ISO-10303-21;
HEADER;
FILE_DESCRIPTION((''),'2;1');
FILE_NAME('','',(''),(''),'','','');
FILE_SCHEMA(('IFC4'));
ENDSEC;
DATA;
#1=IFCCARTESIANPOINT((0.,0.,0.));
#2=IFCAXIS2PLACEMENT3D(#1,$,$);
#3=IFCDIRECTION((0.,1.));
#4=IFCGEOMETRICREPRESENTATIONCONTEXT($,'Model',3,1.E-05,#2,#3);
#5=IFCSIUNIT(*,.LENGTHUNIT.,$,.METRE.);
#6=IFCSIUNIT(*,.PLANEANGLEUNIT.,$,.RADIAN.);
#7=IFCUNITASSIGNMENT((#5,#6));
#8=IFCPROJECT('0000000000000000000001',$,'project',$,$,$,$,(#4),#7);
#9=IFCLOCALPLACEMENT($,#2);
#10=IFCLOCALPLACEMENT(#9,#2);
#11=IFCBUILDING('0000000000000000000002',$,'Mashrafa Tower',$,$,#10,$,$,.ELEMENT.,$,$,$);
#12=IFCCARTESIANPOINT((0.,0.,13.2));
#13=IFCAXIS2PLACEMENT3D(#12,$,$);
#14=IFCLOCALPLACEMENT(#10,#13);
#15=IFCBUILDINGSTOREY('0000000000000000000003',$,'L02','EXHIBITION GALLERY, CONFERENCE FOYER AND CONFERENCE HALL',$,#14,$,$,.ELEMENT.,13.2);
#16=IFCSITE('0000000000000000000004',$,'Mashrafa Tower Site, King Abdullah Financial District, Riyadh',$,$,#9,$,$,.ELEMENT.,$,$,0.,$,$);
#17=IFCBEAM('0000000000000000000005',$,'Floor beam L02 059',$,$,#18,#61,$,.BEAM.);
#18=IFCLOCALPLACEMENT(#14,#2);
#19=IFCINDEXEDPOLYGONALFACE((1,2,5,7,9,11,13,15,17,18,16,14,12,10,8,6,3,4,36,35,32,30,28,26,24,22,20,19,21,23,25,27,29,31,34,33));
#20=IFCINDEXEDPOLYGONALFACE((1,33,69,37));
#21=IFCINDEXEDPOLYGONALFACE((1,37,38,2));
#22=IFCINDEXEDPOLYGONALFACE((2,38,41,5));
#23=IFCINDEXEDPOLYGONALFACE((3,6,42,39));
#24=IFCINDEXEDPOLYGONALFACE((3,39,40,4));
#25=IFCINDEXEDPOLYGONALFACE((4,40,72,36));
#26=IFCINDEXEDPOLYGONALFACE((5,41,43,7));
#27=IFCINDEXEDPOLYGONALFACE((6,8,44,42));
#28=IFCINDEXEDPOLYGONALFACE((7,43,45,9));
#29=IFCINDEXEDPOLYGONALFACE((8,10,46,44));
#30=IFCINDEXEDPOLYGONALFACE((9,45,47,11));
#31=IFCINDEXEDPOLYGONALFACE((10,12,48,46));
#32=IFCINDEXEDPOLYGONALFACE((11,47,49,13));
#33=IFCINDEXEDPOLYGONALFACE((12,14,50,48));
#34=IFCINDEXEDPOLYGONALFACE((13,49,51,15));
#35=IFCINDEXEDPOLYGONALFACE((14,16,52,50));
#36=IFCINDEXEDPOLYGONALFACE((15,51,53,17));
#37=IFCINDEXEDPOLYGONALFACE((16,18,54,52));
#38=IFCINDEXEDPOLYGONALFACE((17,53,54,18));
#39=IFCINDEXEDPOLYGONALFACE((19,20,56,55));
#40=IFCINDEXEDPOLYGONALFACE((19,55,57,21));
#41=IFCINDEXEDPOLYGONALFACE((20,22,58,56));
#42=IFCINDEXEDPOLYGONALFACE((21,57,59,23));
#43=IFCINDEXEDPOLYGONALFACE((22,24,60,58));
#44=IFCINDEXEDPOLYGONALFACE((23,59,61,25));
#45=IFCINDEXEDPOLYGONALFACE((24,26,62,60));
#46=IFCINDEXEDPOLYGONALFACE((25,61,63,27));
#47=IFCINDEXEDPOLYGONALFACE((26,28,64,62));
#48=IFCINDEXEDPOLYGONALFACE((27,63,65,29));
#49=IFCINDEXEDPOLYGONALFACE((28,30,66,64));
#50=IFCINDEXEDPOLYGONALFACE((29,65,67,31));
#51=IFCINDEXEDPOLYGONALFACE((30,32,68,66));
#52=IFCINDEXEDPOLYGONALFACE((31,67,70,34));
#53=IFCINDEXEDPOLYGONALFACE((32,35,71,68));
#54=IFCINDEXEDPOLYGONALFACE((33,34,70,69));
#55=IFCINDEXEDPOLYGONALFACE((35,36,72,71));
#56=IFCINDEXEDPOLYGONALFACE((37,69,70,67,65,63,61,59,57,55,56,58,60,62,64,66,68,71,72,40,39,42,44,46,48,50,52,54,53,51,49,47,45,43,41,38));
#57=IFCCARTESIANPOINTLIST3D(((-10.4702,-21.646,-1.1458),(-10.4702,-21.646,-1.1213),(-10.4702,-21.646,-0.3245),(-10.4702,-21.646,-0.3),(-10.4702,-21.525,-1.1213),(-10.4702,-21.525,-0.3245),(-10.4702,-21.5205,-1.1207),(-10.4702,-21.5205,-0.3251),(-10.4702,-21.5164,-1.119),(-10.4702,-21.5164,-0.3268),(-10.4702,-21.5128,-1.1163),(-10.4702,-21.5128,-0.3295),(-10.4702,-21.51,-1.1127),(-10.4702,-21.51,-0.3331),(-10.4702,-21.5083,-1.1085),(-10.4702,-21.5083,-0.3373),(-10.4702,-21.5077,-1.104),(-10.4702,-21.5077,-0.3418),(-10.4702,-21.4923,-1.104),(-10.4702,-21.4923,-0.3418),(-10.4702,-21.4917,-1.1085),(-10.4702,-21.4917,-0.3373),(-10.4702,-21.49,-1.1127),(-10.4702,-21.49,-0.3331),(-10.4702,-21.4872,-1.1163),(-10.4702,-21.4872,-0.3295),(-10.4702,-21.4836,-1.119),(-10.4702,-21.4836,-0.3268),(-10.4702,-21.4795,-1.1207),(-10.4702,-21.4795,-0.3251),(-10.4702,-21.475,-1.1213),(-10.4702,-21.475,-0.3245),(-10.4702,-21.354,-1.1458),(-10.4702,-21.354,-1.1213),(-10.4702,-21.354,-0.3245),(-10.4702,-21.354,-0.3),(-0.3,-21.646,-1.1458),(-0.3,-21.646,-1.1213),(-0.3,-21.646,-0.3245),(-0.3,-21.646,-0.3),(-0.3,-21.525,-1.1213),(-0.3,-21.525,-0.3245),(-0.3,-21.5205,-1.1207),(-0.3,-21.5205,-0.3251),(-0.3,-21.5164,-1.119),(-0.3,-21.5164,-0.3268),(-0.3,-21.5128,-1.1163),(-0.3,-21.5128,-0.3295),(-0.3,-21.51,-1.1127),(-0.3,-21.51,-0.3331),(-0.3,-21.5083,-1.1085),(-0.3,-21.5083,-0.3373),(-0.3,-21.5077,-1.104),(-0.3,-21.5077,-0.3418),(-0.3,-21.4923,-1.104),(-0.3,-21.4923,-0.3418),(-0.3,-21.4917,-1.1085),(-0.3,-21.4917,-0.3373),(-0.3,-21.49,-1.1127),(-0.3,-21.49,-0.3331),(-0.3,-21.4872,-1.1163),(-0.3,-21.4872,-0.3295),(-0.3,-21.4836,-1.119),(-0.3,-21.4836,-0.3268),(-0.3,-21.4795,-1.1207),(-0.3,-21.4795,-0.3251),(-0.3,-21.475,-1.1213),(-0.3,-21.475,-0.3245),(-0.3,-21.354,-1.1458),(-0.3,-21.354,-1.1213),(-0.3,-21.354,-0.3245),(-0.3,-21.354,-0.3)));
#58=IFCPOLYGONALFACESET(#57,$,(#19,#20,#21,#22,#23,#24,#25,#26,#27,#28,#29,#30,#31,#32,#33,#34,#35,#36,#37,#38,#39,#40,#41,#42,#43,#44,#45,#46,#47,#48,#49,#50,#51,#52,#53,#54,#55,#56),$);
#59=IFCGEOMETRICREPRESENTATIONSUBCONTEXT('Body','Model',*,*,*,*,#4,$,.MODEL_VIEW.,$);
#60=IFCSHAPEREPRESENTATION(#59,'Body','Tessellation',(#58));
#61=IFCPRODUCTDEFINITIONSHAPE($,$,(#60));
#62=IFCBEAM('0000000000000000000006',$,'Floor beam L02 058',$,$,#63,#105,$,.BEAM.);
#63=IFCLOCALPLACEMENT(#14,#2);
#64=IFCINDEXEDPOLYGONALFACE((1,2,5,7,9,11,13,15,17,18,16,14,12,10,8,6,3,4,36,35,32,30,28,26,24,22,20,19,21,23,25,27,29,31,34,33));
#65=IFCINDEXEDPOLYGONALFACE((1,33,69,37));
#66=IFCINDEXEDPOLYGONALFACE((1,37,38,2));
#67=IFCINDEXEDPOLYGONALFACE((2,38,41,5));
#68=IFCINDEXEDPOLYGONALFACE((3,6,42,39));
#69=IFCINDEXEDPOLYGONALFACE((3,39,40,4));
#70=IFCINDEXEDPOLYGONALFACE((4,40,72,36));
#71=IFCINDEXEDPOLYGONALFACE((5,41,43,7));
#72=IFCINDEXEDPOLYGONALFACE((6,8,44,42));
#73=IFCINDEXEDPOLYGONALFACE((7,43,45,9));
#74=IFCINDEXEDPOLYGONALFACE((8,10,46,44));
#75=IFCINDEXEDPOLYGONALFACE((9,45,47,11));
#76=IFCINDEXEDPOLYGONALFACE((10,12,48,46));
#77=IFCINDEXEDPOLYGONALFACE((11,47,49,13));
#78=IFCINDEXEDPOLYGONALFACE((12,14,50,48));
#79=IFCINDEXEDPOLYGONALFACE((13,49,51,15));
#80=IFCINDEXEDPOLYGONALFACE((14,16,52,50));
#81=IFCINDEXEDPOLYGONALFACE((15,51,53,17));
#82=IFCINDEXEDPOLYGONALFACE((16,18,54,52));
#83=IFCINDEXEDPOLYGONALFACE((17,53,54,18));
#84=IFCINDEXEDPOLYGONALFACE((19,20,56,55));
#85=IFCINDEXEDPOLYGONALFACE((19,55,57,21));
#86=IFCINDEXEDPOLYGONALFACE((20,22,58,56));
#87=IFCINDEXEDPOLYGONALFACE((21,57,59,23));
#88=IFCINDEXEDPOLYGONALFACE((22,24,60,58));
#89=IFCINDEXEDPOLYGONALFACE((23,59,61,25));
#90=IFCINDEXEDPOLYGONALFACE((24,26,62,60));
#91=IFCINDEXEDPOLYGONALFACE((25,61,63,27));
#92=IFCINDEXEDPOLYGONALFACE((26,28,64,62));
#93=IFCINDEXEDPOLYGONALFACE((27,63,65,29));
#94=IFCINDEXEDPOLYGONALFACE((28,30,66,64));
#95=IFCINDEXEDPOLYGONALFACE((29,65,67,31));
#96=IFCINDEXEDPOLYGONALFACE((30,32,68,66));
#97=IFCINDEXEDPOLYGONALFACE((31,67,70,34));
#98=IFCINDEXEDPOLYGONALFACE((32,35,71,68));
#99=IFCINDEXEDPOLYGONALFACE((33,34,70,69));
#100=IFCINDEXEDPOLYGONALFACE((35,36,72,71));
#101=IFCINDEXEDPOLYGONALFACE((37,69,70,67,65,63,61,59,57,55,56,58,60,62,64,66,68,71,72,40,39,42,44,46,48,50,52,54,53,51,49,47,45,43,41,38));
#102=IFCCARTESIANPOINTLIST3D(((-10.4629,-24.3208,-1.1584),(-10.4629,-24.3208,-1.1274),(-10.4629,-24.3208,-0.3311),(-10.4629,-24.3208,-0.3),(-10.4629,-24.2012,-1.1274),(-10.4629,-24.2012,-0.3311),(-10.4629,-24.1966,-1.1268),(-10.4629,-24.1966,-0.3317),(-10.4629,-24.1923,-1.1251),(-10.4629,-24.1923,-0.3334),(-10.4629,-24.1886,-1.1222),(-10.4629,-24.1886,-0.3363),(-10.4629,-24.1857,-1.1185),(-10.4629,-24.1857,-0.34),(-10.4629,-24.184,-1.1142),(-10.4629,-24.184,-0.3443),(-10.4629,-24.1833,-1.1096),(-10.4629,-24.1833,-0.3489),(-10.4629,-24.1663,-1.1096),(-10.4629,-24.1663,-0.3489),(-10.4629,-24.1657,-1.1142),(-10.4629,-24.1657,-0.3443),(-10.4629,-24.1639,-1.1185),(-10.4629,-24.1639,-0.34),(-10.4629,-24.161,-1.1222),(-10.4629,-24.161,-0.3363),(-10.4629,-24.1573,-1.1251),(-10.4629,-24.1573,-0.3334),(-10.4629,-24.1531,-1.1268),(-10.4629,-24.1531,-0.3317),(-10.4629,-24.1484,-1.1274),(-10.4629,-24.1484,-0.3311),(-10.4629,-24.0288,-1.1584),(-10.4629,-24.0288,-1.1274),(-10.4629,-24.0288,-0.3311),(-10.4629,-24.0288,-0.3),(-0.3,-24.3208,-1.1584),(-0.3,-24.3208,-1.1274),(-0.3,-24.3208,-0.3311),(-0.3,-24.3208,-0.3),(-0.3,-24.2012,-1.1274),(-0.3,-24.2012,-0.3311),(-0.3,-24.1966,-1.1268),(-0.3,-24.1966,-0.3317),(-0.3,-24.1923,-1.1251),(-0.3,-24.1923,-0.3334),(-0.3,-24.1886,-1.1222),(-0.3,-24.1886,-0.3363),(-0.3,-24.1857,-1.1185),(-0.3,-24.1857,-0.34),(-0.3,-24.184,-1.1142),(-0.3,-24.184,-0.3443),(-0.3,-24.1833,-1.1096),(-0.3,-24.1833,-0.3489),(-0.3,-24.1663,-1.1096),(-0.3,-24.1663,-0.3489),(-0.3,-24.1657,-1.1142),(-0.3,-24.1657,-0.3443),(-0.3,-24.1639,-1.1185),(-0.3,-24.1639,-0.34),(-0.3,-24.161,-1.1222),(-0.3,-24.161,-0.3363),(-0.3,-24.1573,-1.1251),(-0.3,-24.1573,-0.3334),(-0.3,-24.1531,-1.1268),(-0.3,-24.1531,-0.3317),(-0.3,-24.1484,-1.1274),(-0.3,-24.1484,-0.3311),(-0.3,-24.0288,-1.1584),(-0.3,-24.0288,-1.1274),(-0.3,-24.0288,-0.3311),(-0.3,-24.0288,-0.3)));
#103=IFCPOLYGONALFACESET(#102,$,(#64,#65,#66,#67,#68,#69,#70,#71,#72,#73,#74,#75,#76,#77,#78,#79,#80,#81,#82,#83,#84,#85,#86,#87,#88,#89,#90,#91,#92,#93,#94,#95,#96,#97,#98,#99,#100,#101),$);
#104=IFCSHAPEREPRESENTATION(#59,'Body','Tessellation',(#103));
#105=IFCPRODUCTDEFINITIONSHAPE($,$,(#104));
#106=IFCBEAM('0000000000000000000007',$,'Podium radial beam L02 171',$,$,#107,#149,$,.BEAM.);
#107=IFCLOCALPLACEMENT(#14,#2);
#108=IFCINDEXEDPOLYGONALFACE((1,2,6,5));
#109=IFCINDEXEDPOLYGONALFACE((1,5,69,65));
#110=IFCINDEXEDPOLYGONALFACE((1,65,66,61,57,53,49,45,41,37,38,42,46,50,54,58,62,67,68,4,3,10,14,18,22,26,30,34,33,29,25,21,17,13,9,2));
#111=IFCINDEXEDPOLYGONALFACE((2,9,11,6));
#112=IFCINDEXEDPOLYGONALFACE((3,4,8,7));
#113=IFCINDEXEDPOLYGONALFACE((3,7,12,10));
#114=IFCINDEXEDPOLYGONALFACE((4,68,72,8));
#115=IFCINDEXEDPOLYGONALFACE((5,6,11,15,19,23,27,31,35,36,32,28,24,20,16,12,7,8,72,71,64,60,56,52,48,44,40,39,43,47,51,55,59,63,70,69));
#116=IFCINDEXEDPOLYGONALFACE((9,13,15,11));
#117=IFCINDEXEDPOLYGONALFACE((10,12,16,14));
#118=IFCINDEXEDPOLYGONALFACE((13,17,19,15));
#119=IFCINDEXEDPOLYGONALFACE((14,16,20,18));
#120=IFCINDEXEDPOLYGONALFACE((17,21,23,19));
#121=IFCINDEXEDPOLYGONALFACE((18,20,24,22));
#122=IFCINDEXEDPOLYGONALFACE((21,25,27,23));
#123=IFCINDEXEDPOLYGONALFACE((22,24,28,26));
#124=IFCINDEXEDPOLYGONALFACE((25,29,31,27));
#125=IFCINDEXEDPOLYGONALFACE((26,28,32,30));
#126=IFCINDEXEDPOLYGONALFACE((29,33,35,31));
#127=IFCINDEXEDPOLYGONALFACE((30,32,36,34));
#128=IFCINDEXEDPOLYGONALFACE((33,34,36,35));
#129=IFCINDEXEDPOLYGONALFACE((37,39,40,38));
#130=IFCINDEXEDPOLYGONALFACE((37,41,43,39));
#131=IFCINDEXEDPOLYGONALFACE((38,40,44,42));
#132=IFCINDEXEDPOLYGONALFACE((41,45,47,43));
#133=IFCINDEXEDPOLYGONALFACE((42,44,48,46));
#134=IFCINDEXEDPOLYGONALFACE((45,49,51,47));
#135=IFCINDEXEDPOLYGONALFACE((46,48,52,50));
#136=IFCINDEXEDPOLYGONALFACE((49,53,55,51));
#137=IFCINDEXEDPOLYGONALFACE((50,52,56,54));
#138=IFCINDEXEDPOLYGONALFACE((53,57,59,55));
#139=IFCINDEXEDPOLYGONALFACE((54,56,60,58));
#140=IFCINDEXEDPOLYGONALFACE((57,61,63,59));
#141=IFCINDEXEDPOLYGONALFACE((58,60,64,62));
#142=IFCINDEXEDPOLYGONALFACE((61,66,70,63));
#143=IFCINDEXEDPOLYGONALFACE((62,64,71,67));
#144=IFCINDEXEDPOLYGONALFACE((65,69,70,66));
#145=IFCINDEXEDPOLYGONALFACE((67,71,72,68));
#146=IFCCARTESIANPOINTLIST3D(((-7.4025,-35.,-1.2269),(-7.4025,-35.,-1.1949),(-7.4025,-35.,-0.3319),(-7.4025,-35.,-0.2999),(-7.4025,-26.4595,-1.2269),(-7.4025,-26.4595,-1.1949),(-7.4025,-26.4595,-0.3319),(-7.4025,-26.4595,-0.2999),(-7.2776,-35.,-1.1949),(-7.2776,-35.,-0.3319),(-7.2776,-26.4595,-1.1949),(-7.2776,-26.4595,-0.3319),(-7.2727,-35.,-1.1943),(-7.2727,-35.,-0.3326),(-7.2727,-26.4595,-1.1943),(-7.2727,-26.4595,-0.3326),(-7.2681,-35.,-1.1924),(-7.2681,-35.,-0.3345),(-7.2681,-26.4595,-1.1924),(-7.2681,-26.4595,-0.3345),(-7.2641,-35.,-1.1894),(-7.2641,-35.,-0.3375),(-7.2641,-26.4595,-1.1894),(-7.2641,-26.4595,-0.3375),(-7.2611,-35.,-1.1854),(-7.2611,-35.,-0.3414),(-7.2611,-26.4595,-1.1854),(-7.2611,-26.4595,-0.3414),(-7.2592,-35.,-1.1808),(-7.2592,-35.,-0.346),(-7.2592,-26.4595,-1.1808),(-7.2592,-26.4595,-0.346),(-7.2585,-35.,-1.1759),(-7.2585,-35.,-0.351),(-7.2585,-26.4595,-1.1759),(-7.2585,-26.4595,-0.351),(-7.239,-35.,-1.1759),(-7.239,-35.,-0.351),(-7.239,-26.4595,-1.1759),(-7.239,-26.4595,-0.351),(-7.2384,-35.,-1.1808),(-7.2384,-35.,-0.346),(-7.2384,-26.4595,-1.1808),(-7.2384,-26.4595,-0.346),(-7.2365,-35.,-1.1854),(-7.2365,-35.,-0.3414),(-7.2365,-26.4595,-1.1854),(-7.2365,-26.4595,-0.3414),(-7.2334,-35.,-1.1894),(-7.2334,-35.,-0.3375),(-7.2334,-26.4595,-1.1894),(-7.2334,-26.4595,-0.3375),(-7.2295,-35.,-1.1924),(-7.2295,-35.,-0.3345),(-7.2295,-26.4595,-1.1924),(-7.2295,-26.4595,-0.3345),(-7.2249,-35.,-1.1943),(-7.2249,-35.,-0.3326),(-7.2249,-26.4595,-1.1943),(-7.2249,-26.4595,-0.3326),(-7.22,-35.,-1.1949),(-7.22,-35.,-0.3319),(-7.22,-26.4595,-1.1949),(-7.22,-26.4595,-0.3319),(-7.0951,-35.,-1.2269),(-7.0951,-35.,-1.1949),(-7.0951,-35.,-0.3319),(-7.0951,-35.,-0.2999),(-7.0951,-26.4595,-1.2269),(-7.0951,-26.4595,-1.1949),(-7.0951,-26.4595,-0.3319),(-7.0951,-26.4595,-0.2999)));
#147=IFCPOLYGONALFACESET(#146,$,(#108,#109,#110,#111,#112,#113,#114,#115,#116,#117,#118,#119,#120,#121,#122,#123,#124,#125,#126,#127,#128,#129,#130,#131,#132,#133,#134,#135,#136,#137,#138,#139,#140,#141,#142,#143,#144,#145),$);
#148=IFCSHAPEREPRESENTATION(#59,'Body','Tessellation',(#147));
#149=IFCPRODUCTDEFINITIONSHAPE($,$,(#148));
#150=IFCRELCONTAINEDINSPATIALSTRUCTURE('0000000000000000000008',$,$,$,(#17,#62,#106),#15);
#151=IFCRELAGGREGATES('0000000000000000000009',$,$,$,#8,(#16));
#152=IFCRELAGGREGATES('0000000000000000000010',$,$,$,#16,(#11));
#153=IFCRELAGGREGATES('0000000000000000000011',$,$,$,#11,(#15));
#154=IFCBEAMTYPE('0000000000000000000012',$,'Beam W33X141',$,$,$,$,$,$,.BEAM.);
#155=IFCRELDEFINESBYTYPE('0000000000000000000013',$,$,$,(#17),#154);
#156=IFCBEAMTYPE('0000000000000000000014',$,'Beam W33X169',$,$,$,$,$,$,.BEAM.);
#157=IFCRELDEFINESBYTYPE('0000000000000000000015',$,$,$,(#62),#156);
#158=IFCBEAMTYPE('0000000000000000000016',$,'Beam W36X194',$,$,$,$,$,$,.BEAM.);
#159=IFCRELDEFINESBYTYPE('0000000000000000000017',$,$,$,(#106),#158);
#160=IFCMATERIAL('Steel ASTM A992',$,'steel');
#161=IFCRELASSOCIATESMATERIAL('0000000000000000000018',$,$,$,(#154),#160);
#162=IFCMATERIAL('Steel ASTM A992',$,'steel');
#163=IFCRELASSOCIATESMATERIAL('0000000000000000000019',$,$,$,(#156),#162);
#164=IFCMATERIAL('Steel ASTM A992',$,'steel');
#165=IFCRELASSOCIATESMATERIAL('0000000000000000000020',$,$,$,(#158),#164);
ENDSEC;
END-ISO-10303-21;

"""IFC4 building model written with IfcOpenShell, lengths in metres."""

from ifc_helpers import new_model, si_unit, direction, frame, origin, origin_2d, place, context, subcontext, project, spatial, i_section, extrude, material, material_profile, profile_set, type_object, element, save


model = new_model("IFC4")

# Units and contexts
model_context = context("Model", 3, precision=1e-05, world=origin(), true_north=direction((0.0, 1.0)))
body_context = subcontext(model_context, "Body", "Model", "MODEL_VIEW")
ifc_project = project(units=[si_unit("LENGTHUNIT", "METRE"), si_unit("PLANEANGLEUNIT", "RADIAN")], contexts=[model_context])

# Site, building, storey
site_placement = place(None, origin())
site = spatial("IfcSite", under=ifc_project, at=site_placement, Name="Mashrafa Tower Site, King Abdullah Financial District, Riyadh", CompositionType="ELEMENT", RefElevation=0.0)
building_placement = place(site_placement, origin())
building = spatial("IfcBuilding", under=site, at=building_placement, Name="Mashrafa Tower", CompositionType="ELEMENT")
storey_placement = place(building_placement, frame((0.0, 0.0, 13.2)))
storey = spatial("IfcBuildingStorey", under=building, at=storey_placement, Name="L02", Description="EXHIBITION GALLERY, CONFERENCE FOYER AND CONFERENCE HALL", CompositionType="ELEMENT", Elevation=13.2)

# Beams
ifc_material_1 = material(Name="Steel ASTM A992", Category="steel")
ifc_material_profile_1 = material_profile(ifc_material_1, i_section(OverallWidth=0.292, OverallDepth=0.8457, WebThickness=0.0154, FlangeThickness=0.0244, FilletRadius=0.0173, at=origin_2d()), Name="W33X141")
ifc_profile_set_1 = profile_set([ifc_material_profile_1], Name="Steel ASTM A992")
beam_type_1 = type_object("IfcBeamType", Name="Beam W33X141", PredefinedType="BEAM", material=ifc_profile_set_1)
beam_1_placement = place(storey_placement, frame((-0.3, -21.5, -0.7229), z_axis=(-1.0, 0.0, 0.0), x_axis=(0.0, -1.0, 0.0)))
element("IfcBeam", 1, at=beam_1_placement, inside=storey, type_object=beam_type_1, Name="Floor beam L02 059", PredefinedType="BEAM", context=body_context, shape_type="SweptSolid", body=[
    extrude(i_section(OverallWidth=0.292, OverallDepth=0.8457, WebThickness=0.0154, FlangeThickness=0.0244, FilletRadius=0.0173, at=origin_2d()), origin(), (0.0, 0.0, 1.0), 10.1702),
])
ifc_material_2 = material(Name="Steel ASTM A992", Category="steel")
ifc_material_profile_2 = material_profile(ifc_material_2, i_section(OverallWidth=0.292, OverallDepth=0.8584, WebThickness=0.0171, FlangeThickness=0.031, FilletRadius=0.0178, at=origin_2d()), Name="W33X169")
ifc_profile_set_2 = profile_set([ifc_material_profile_2], Name="Steel ASTM A992")
beam_type_2 = type_object("IfcBeamType", Name="Beam W33X169", PredefinedType="BEAM", material=ifc_profile_set_2)
beam_2_placement = place(storey_placement, frame((-0.3, -24.1748, -0.7292), z_axis=(-1.0, 0.0, 0.0), x_axis=(0.0, -1.0, 0.0)))
element("IfcBeam", 2, at=beam_2_placement, inside=storey, type_object=beam_type_2, Name="Floor beam L02 058", PredefinedType="BEAM", context=body_context, shape_type="SweptSolid", body=[
    extrude(i_section(OverallWidth=0.292, OverallDepth=0.8584, WebThickness=0.0171, FlangeThickness=0.031, FilletRadius=0.0178, at=origin_2d()), origin(), (0.0, 0.0, 1.0), 10.1628),
])
ifc_material_3 = material(Name="Steel ASTM A992", Category="steel")
ifc_material_profile_3 = material_profile(ifc_material_3, i_section(OverallWidth=0.3074, OverallDepth=0.927, WebThickness=0.0195, FlangeThickness=0.032, FilletRadius=0.019, at=origin_2d()), Name="W36X194")
ifc_profile_set_3 = profile_set([ifc_material_profile_3], Name="Steel ASTM A992")
beam_type_3 = type_object("IfcBeamType", Name="Beam W36X194", PredefinedType="BEAM", material=ifc_profile_set_3)
beam_3_placement = place(storey_placement, frame((-7.2488, -26.4595, -0.7634), z_axis=(0.0, -1.0, 0.0), x_axis=(1.0, 0.0, 0.0)))
element("IfcBeam", 3, at=beam_3_placement, inside=storey, type_object=beam_type_3, Name="Podium radial beam L02 171", PredefinedType="BEAM", context=body_context, shape_type="SweptSolid", body=[
    extrude(i_section(OverallWidth=0.3074, OverallDepth=0.927, WebThickness=0.0195, FlangeThickness=0.032, FilletRadius=0.019, at=origin_2d()), origin(), (0.0, 0.0, 1.0), 8.5405),
])

save(model, "model.ifc")
